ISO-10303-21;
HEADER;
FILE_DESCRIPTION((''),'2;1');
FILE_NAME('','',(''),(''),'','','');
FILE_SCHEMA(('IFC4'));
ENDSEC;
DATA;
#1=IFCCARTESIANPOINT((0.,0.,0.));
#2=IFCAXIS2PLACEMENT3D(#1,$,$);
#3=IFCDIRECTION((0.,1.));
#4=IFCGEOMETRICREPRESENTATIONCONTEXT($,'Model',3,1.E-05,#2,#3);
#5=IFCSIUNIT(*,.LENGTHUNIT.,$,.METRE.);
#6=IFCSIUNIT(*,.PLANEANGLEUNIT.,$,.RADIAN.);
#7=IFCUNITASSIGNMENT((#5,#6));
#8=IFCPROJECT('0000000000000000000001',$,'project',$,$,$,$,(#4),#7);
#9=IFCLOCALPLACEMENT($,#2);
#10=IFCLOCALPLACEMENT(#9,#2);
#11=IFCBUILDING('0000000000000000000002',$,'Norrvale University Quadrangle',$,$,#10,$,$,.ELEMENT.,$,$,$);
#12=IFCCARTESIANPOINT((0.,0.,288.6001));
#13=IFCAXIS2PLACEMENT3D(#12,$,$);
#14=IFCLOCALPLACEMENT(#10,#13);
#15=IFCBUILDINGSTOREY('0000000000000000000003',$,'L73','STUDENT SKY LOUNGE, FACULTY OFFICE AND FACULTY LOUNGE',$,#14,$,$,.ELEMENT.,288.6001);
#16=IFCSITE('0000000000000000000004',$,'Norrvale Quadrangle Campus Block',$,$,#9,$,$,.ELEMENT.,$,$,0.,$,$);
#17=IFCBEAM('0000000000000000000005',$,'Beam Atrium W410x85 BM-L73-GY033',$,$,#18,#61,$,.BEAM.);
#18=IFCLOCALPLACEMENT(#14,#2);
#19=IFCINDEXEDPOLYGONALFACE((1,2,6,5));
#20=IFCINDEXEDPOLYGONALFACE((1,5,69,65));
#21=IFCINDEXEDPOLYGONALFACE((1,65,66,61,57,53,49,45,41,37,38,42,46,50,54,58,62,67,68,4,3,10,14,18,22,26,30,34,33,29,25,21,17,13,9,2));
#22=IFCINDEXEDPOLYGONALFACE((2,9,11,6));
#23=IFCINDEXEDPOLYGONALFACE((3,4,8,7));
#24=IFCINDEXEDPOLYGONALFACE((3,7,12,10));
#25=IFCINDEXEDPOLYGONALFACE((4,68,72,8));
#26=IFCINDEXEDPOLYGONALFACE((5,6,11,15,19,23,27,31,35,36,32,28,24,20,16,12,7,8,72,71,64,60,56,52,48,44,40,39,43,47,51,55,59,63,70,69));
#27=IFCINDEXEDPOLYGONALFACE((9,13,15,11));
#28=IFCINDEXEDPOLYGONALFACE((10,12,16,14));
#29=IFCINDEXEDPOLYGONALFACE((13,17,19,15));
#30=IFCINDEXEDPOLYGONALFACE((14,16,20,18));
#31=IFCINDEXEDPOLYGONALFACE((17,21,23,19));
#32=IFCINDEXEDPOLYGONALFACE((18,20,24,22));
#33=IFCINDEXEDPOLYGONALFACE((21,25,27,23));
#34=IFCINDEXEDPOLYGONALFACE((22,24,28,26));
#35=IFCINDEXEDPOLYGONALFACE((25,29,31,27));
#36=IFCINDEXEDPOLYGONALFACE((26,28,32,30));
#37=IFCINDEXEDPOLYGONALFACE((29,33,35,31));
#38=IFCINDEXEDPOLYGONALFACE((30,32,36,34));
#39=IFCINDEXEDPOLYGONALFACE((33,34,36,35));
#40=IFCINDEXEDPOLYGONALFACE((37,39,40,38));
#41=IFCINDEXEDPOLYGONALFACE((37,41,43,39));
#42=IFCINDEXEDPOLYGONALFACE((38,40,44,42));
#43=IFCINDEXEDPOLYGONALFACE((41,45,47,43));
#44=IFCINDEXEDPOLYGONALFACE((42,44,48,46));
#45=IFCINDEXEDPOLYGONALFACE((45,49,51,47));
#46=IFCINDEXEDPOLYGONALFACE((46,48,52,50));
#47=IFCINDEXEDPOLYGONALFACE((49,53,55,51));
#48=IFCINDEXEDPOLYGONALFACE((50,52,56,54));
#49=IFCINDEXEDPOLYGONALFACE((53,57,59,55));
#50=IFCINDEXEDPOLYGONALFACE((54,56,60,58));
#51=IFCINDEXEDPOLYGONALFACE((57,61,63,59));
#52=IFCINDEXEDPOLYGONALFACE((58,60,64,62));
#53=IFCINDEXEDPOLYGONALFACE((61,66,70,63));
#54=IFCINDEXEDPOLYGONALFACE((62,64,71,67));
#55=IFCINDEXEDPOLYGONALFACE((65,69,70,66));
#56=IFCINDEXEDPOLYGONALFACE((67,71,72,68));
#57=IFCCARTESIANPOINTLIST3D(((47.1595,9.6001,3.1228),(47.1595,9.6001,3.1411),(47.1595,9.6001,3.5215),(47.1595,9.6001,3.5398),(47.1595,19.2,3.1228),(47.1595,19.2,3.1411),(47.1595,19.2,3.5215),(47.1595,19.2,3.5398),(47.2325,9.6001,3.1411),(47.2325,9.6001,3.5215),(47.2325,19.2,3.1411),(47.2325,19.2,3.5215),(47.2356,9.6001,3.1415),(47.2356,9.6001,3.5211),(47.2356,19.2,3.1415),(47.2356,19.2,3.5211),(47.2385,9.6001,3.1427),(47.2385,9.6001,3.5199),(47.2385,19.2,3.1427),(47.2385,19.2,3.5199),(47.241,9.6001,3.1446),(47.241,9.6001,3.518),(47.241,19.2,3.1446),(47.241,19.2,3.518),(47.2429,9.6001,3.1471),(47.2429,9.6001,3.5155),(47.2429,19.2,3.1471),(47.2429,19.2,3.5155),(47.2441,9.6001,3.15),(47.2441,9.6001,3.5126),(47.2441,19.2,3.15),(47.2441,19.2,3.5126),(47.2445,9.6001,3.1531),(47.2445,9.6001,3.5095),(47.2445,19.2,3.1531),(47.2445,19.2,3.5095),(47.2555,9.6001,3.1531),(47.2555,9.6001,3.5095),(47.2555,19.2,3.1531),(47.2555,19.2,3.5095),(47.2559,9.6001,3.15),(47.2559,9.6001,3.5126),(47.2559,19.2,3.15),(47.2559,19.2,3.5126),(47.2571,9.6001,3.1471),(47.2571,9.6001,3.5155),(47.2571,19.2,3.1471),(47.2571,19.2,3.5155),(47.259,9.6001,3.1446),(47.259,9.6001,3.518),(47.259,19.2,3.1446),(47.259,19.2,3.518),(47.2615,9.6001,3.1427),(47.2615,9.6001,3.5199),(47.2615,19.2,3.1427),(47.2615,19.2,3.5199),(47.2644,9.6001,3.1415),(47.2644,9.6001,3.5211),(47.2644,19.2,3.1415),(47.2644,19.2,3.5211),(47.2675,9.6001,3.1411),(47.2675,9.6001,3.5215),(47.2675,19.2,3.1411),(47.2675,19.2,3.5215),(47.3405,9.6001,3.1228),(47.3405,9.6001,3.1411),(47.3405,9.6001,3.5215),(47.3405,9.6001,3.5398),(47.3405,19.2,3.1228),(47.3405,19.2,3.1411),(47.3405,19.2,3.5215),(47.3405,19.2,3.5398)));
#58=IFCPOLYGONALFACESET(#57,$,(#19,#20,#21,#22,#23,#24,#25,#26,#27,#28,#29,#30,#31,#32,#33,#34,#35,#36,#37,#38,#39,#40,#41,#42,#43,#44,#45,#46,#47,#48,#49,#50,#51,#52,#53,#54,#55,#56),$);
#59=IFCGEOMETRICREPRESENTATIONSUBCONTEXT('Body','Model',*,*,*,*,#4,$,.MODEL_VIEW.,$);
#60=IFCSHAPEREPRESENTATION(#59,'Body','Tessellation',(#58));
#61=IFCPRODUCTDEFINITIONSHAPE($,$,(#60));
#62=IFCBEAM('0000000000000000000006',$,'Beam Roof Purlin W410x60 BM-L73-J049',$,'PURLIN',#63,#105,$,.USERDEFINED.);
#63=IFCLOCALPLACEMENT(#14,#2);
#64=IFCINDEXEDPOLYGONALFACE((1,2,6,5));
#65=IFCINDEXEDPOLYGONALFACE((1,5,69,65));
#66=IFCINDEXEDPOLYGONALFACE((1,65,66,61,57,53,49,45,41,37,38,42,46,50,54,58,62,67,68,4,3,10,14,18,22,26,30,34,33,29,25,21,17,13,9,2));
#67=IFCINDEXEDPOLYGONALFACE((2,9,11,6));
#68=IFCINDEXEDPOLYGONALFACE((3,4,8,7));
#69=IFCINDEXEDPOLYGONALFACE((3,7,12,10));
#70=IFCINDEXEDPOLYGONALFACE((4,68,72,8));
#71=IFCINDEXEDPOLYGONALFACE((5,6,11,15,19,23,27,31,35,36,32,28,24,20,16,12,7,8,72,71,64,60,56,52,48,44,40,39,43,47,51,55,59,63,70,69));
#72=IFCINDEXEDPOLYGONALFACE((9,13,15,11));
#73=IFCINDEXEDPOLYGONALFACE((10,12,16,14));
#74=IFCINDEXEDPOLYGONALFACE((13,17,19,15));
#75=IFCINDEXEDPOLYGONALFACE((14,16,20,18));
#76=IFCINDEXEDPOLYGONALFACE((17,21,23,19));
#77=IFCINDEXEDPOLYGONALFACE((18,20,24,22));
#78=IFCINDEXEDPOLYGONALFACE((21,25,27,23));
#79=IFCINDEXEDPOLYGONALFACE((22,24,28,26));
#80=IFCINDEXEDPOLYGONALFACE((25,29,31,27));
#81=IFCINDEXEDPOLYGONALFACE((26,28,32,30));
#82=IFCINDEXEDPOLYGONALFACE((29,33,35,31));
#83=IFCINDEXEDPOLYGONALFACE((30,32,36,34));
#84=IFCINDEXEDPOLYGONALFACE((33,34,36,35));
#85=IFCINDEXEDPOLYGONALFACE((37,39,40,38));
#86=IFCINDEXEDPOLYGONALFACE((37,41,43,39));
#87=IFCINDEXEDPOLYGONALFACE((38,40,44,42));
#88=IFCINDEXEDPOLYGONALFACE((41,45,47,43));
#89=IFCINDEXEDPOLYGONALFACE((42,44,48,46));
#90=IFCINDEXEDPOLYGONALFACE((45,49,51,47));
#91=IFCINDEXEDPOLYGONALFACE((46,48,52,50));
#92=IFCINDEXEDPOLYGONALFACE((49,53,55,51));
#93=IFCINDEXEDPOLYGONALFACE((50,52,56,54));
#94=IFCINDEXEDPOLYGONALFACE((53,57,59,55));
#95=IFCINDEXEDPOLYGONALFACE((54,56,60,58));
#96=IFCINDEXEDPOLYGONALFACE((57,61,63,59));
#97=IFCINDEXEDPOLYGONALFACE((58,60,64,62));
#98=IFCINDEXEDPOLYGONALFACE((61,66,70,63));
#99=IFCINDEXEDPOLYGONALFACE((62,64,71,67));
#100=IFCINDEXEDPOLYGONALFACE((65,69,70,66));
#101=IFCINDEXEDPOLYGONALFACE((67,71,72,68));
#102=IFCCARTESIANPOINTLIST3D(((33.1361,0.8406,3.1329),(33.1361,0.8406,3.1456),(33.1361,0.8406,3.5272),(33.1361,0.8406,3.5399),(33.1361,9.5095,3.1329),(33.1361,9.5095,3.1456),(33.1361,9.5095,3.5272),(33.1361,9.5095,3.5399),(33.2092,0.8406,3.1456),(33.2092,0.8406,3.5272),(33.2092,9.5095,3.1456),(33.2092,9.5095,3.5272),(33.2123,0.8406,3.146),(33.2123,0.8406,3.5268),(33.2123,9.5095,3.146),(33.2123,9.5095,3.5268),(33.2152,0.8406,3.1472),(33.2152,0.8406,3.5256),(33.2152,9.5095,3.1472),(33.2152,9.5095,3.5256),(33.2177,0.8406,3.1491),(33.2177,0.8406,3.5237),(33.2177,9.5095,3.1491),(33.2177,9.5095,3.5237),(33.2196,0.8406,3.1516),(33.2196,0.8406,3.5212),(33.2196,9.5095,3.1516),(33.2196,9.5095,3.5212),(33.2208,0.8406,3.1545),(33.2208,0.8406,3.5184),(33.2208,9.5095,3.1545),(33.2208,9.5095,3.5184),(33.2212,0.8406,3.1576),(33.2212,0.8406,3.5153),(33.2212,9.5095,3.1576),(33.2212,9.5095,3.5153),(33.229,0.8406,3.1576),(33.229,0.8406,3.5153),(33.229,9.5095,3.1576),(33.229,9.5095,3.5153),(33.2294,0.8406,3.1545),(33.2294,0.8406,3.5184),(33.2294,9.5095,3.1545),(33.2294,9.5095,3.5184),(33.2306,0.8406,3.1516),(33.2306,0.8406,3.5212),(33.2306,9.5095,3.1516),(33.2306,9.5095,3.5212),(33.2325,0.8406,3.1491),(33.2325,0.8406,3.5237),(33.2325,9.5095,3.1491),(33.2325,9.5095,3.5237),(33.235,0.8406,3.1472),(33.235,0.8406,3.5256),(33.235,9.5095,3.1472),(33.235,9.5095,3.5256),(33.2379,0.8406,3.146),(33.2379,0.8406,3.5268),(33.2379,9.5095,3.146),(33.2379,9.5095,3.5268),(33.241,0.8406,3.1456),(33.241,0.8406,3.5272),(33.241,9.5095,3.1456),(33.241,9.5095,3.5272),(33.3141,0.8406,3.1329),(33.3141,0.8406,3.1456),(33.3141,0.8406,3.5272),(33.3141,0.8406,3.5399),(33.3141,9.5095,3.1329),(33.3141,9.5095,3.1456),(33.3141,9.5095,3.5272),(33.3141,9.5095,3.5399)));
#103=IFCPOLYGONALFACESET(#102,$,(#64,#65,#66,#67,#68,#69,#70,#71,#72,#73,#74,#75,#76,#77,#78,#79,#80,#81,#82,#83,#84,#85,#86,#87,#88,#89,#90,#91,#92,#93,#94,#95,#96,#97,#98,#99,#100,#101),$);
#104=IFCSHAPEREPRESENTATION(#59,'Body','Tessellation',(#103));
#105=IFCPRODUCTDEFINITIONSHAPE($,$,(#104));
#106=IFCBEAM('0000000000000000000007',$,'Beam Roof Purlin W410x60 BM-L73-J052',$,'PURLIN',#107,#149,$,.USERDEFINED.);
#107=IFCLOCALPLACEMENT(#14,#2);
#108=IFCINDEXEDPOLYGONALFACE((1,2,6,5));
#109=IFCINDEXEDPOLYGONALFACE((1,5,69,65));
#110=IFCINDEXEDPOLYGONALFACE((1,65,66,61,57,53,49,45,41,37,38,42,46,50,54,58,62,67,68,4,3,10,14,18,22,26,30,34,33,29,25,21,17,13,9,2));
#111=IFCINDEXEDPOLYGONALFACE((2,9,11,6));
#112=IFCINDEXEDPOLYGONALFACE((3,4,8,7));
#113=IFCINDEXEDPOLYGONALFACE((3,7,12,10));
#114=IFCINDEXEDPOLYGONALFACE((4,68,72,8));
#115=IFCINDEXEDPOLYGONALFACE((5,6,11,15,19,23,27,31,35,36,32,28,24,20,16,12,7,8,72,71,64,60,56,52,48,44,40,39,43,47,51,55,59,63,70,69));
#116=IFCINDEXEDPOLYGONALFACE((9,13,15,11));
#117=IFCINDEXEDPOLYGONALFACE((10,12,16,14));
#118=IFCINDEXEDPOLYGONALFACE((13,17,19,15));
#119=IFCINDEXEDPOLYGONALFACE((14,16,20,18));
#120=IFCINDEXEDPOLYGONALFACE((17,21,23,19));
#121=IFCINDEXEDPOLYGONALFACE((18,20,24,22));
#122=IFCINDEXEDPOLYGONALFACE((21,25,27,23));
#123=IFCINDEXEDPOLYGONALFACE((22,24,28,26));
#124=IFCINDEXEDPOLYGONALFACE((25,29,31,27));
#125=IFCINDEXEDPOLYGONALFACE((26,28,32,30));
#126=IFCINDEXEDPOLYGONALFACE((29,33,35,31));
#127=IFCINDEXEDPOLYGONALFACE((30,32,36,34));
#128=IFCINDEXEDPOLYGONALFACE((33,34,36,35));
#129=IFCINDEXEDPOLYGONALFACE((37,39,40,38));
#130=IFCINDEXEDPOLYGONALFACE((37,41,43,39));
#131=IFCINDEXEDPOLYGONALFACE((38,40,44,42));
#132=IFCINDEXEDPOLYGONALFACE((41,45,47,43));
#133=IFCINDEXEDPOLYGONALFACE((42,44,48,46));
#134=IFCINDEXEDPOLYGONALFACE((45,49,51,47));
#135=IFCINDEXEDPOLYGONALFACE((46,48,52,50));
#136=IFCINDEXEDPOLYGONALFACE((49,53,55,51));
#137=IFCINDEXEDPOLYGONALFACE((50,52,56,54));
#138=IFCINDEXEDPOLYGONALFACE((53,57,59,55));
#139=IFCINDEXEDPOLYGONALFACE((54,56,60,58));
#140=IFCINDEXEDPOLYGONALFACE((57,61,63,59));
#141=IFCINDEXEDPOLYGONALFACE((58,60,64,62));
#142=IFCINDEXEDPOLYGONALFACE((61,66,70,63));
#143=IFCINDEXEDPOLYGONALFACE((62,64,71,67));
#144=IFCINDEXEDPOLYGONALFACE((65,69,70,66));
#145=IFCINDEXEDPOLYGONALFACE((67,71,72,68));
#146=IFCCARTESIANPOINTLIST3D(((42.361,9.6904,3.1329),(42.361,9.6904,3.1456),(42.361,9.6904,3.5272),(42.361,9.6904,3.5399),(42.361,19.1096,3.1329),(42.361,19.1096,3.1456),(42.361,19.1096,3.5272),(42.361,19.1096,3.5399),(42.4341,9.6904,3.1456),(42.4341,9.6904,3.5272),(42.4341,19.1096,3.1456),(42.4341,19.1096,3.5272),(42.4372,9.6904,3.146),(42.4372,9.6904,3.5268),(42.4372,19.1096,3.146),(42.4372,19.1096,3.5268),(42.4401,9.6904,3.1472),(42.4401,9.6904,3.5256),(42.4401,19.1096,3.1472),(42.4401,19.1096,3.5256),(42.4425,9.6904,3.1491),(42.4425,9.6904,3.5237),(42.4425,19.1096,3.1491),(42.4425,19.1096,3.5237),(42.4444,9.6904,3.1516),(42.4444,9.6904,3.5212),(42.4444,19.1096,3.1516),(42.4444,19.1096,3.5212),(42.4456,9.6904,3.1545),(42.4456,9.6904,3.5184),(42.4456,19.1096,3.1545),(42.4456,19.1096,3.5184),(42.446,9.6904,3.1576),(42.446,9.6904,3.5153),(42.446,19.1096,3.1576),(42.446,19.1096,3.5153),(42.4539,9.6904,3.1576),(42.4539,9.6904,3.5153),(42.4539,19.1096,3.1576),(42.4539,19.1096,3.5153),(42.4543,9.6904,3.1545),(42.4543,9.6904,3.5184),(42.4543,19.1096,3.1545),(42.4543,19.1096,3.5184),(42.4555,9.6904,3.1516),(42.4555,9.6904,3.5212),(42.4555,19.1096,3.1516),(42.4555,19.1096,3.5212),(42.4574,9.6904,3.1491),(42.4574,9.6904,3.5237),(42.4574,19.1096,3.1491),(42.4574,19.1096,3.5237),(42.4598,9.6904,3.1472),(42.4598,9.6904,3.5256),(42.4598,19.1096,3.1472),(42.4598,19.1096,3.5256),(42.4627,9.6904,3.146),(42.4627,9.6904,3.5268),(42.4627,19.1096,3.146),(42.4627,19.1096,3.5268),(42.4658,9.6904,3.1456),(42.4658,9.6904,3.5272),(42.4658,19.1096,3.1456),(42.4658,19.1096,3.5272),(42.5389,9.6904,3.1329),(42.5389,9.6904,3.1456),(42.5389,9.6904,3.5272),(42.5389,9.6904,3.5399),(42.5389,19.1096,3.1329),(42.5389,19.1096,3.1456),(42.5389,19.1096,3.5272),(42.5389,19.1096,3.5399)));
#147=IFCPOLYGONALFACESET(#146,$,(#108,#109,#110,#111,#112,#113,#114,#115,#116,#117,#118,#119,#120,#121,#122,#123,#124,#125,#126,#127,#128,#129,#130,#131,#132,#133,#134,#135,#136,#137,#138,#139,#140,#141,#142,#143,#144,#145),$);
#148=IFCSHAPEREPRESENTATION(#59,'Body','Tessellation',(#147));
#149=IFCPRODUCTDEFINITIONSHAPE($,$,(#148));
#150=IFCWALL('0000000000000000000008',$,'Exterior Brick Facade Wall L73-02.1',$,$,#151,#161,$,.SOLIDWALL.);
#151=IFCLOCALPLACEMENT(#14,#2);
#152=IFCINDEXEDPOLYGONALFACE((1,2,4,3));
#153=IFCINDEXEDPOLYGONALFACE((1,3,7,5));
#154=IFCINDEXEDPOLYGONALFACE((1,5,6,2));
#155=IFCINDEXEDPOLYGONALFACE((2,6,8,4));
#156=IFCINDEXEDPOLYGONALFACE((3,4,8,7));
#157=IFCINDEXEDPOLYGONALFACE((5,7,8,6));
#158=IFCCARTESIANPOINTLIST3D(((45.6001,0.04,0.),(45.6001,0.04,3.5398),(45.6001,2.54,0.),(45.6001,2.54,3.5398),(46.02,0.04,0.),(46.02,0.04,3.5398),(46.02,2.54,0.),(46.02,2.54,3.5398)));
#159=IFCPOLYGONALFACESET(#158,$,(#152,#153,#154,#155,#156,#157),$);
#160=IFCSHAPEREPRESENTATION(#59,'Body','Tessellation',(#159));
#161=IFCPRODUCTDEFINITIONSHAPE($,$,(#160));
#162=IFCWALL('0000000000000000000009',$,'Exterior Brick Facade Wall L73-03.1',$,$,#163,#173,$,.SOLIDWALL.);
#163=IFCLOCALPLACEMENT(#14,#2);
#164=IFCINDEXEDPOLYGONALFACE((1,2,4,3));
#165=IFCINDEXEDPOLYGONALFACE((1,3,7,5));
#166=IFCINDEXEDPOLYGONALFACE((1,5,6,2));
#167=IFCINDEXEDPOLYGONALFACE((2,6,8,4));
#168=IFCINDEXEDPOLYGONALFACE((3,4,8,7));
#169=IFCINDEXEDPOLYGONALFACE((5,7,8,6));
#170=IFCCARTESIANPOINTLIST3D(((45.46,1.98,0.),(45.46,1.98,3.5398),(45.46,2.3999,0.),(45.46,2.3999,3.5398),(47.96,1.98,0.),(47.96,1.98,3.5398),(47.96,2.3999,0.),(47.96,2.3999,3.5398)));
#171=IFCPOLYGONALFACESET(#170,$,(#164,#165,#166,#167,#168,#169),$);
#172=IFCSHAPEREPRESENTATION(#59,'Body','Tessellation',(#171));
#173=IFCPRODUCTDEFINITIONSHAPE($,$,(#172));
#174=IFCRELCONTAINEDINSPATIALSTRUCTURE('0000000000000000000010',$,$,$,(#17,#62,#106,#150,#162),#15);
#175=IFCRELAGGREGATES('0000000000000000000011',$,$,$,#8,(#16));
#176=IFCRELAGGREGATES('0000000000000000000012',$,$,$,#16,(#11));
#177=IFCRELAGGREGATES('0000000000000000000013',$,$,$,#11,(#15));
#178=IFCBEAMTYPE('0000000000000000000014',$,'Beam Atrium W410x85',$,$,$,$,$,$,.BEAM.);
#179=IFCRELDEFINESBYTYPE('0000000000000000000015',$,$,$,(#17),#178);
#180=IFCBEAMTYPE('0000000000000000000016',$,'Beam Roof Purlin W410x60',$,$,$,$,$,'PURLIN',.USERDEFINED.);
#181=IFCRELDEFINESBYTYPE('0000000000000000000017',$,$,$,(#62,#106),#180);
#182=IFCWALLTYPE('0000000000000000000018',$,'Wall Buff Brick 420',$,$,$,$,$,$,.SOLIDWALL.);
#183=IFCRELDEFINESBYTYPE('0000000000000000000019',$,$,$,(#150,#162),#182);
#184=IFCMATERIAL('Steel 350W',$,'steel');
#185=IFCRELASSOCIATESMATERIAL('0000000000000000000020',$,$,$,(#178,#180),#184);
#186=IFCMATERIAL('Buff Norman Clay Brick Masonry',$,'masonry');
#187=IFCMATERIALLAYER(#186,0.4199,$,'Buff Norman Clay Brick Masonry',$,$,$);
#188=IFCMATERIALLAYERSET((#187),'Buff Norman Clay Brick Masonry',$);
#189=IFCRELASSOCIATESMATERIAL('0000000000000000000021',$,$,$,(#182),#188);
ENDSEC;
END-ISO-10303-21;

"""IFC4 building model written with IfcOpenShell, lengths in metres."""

from ifc_helpers import new_model, si_unit, direction, frame, frame_2d, origin, origin_2d, place, context, subcontext, project, spatial, rectangle, i_section, extrude, material, layer, layer_set, material_profile, profile_set, type_object, element, save


model = new_model("IFC4")

# Units and contexts
model_context = context("Model", 3, precision=1e-05, world=origin(), true_north=direction((0.0, 1.0)))
body_context = subcontext(model_context, "Body", "Model", "MODEL_VIEW")
ifc_project = project(units=[si_unit("LENGTHUNIT", "METRE"), si_unit("PLANEANGLEUNIT", "RADIAN")], contexts=[model_context])

# Site, building, storey
site_placement = place(None, origin())
site = spatial("IfcSite", under=ifc_project, at=site_placement, Name="Norrvale Quadrangle Campus Block", CompositionType="ELEMENT", RefElevation=0.0)
building_placement = place(site_placement, origin())
building = spatial("IfcBuilding", under=site, at=building_placement, Name="Norrvale University Quadrangle", CompositionType="ELEMENT")
storey_placement = place(building_placement, frame((0.0, 0.0, 288.6001)))
storey = spatial("IfcBuildingStorey", under=building, at=storey_placement, Name="L73", Description="STUDENT SKY LOUNGE, FACULTY OFFICE AND FACULTY LOUNGE", CompositionType="ELEMENT", Elevation=288.6001)

# Beams
ifc_material_1 = material(Name="Steel 350W", Category="steel")
ifc_material_profile_1 = material_profile(ifc_material_1, i_section(OverallWidth=0.1809, OverallDepth=0.417, WebThickness=0.011, FlangeThickness=0.0183, FilletRadius=0.012, at=origin_2d()), Name="Steel 350W")
ifc_profile_set_1 = profile_set([ifc_material_profile_1], Name="Steel 350W")
beam_type_1 = type_object("IfcBeamType", Name="Beam Atrium W410x85", PredefinedType="BEAM", material=ifc_profile_set_1)
for number, where, z_axis, x_axis, name in (
    (1, (47.25, 9.6001, 3.3313), (0.0, 1.0, 0.0), (-1.0, 0.0, 0.0), "Beam Atrium W410x85 BM-L73-GY033"),
):
    element("IfcBeam", number, at=place(storey_placement, frame(where, z_axis=z_axis, x_axis=x_axis)), inside=storey, type_object=beam_type_1, Name=name, PredefinedType="BEAM", context=body_context, shape_type="SweptSolid", body=[
        extrude(i_section(OverallWidth=0.1809, OverallDepth=0.417, WebThickness=0.011, FlangeThickness=0.0183, FilletRadius=0.012, at=origin_2d()), origin(), (0.0, 0.0, 1.0), 9.5999),
    ])
ifc_material_profile_2 = material_profile(ifc_material_1, i_section(OverallWidth=0.178, OverallDepth=0.407, WebThickness=0.0078, FlangeThickness=0.0127, FilletRadius=0.012, at=origin_2d()), Name="Steel 350W")
ifc_profile_set_2 = profile_set([ifc_material_profile_2], Name="Steel 350W")
beam_type_2 = type_object("IfcBeamType", Name="Beam Roof Purlin W410x60", ElementType="PURLIN", PredefinedType="USERDEFINED", material=ifc_profile_set_2)
beam_1_placement = place(storey_placement, frame((33.2251, 0.8406, 3.3364), z_axis=(0.0, 1.0, 0.0), x_axis=(-1.0, 0.0, 0.0)))
element("IfcBeam", 2, at=beam_1_placement, inside=storey, type_object=beam_type_2, Name="Beam Roof Purlin W410x60 BM-L73-J049", ObjectType="PURLIN", PredefinedType="USERDEFINED", context=body_context, shape_type="SweptSolid", body=[
    extrude(i_section(OverallWidth=0.178, OverallDepth=0.407, WebThickness=0.0078, FlangeThickness=0.0127, FilletRadius=0.012, at=origin_2d()), origin(), (0.0, 0.0, 1.0), 8.6689),
])
beam_2_placement = place(storey_placement, frame((42.45, 9.6904, 3.3364), z_axis=(0.0, 1.0, 0.0), x_axis=(-1.0, 0.0, 0.0)))
element("IfcBeam", 3, at=beam_2_placement, inside=storey, type_object=beam_type_2, Name="Beam Roof Purlin W410x60 BM-L73-J052", ObjectType="PURLIN", PredefinedType="USERDEFINED", context=body_context, shape_type="SweptSolid", body=[
    extrude(i_section(OverallWidth=0.178, OverallDepth=0.407, WebThickness=0.0078, FlangeThickness=0.0127, FilletRadius=0.012, at=origin_2d()), origin(), (0.0, 0.0, 1.0), 9.4192),
])

# Walls
ifc_material_2 = material(Name="Buff Norman Clay Brick Masonry", Category="masonry")
ifc_layer_1 = layer(ifc_material_2, 0.4199, Name="Buff Norman Clay Brick Masonry")
ifc_layer_set_1 = layer_set([ifc_layer_1], Name="Buff Norman Clay Brick Masonry")
wall_type_1 = type_object("IfcWallType", Name="Wall Buff Brick 420", PredefinedType="SOLIDWALL", material=ifc_layer_set_1)
for number, where, z_axis, x_axis, name in (
    (4, (45.8101, 0.04, 0.0), (0.0, 0.0, 1.0), (0.0, 1.0, 0.0), "Exterior Brick Facade Wall L73-02.1"),
    (5, (45.46, 2.1899, 0.0), (0.0, 0.0, 1.0), (1.0, 0.0, 0.0), "Exterior Brick Facade Wall L73-03.1"),
):
    element("IfcWall", number, at=place(storey_placement, frame(where, z_axis=z_axis, x_axis=x_axis)), inside=storey, type_object=wall_type_1, Name=name, PredefinedType="SOLIDWALL", context=body_context, shape_type="SweptSolid", body=[
        extrude(rectangle(XDim=2.5, YDim=0.4199, at=frame_2d((1.25, 0.0))), origin(), (0.0, 0.0, 1.0), 3.5398),
    ])

save(model, "model.ifc")
